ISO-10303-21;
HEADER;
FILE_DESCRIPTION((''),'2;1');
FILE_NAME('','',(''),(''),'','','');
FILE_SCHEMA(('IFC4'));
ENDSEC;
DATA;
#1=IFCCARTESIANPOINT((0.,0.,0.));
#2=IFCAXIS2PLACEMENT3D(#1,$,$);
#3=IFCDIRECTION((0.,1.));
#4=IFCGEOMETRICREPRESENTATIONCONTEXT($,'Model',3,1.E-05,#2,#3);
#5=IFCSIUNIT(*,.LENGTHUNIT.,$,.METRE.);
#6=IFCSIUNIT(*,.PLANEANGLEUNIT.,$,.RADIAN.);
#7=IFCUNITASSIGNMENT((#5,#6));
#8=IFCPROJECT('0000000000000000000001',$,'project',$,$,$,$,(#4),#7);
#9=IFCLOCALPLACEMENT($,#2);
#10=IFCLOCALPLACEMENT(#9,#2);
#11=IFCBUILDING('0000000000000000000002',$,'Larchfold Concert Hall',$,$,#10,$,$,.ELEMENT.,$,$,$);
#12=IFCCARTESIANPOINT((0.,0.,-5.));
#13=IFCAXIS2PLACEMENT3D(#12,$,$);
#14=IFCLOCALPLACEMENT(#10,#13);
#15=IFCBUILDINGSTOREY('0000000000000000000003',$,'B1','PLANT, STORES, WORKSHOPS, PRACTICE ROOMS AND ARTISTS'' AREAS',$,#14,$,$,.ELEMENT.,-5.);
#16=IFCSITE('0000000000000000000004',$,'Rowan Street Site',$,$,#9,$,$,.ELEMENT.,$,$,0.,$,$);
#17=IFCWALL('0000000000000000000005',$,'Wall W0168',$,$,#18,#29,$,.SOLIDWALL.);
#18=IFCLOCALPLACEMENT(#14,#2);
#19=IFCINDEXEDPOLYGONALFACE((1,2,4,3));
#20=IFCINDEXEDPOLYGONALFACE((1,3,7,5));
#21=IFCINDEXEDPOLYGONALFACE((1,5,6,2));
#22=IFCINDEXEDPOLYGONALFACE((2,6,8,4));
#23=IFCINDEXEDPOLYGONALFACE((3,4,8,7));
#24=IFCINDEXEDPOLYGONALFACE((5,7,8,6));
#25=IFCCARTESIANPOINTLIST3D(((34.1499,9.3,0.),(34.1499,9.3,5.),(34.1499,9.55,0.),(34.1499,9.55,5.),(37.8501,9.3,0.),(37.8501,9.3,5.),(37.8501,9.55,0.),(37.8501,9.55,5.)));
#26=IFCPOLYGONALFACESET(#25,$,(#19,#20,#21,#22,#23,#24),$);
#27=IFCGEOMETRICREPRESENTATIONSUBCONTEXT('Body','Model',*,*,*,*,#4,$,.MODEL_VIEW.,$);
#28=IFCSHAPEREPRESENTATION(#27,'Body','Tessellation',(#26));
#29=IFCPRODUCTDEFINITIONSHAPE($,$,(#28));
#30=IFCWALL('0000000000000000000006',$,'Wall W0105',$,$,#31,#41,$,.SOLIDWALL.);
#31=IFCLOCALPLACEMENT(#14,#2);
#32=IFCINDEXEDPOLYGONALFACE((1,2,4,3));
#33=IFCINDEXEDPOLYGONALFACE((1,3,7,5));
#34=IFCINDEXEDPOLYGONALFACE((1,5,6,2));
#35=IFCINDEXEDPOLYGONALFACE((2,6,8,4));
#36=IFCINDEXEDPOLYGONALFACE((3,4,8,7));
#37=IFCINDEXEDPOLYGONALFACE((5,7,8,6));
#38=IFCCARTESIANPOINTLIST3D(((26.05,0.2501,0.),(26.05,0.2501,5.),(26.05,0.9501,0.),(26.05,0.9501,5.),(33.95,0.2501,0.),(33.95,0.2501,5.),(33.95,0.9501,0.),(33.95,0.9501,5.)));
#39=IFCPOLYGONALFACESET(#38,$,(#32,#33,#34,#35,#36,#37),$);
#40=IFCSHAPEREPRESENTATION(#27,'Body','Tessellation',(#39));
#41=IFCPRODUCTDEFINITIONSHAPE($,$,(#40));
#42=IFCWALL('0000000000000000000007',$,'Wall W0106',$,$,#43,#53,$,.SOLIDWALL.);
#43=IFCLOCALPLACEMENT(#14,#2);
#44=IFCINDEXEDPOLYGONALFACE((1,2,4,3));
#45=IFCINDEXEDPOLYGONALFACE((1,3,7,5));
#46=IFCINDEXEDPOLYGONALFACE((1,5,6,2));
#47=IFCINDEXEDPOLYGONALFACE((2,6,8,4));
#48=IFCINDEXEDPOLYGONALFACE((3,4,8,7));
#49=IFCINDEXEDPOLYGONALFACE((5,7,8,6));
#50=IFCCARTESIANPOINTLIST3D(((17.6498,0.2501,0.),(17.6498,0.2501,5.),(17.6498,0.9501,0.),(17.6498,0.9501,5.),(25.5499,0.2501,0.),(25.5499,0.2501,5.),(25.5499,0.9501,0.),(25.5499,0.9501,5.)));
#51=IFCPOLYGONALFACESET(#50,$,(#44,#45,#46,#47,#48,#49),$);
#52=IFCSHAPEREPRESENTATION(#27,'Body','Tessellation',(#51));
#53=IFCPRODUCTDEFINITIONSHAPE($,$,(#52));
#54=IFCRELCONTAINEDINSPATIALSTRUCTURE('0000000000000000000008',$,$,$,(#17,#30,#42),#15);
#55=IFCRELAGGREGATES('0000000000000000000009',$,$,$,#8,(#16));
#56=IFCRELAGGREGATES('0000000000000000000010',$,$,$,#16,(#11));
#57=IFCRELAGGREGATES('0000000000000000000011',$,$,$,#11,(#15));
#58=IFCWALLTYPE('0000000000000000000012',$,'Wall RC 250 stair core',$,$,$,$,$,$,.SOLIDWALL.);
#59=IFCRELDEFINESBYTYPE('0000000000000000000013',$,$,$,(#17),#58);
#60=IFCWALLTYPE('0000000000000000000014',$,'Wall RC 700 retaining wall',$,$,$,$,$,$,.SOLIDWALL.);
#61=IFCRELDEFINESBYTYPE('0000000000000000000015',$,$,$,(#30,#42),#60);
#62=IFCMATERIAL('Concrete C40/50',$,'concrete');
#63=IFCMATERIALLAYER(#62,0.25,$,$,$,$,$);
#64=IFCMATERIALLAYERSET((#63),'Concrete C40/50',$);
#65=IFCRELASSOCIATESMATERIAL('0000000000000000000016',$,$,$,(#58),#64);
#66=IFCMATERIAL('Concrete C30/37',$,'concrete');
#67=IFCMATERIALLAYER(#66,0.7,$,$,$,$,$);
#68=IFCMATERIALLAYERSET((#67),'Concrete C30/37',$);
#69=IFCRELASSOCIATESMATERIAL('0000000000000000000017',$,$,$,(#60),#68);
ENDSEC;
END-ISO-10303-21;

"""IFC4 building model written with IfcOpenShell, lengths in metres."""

from ifc_helpers import new_model, si_unit, direction, frame, frame_2d, origin, place, context, subcontext, project, spatial, rectangle, extrude, material, layer, layer_set, type_object, element, save


model = new_model("IFC4")

# Units and contexts
model_context = context("Model", 3, precision=1e-05, world=origin(), true_north=direction((0.0, 1.0)))
body_context = subcontext(model_context, "Body", "Model", "MODEL_VIEW")
ifc_project = project(units=[si_unit("LENGTHUNIT", "METRE"), si_unit("PLANEANGLEUNIT", "RADIAN")], contexts=[model_context])

# Site, building, storey
site_placement = place(None, origin())
site = spatial("IfcSite", under=ifc_project, at=site_placement, Name="Rowan Street Site", CompositionType="ELEMENT", RefElevation=0.0)
building_placement = place(site_placement, origin())
building = spatial("IfcBuilding", under=site, at=building_placement, Name="Larchfold Concert Hall", CompositionType="ELEMENT")
storey_placement = place(building_placement, frame((0.0, 0.0, -5.0)))
storey = spatial("IfcBuildingStorey", under=building, at=storey_placement, Name="B1", Description="PLANT, STORES, WORKSHOPS, PRACTICE ROOMS AND ARTISTS' AREAS", CompositionType="ELEMENT", Elevation=-5.0)

# Walls
ifc_material_1 = material(Name="Concrete C40/50", Category="concrete")
ifc_layer_1 = layer(ifc_material_1, 0.25)
ifc_layer_set_1 = layer_set([ifc_layer_1], Name="Concrete C40/50")
wall_type_1 = type_object("IfcWallType", Name="Wall RC 250 stair core", PredefinedType="SOLIDWALL", material=ifc_layer_set_1)
wall_1_placement = place(storey_placement, frame((34.1499, 9.425, 0.0), z_axis=(0.0, 0.0, 1.0), x_axis=(1.0, 0.0, 0.0)))
element("IfcWall", 1, at=wall_1_placement, inside=storey, type_object=wall_type_1, Name="Wall W0168", PredefinedType="SOLIDWALL", context=body_context, shape_type="SweptSolid", body=[
    extrude(rectangle(XDim=3.7002, YDim=0.25, at=frame_2d((1.8501, 0.0))), origin(), (0.0, 0.0, 1.0), 5.0),
])
ifc_material_2 = material(Name="Concrete C30/37", Category="concrete")
ifc_layer_2 = layer(ifc_material_2, 0.7)
ifc_layer_set_2 = layer_set([ifc_layer_2], Name="Concrete C30/37")
wall_type_2 = type_object("IfcWallType", Name="Wall RC 700 retaining wall", PredefinedType="SOLIDWALL", material=ifc_layer_set_2)
wall_2_placement = place(storey_placement, frame((33.95, 0.6001, 0.0), z_axis=(0.0, 0.0, 1.0), x_axis=(-1.0, 0.0, 0.0)))
element("IfcWall", 2, at=wall_2_placement, inside=storey, type_object=wall_type_2, Name="Wall W0105", PredefinedType="SOLIDWALL", context=body_context, shape_type="SweptSolid", body=[
    extrude(rectangle(XDim=7.8999, YDim=0.7, at=frame_2d((3.95, 0.0))), origin(), (0.0, 0.0, 1.0), 5.0),
])
wall_3_placement = place(storey_placement, frame((25.55, 0.6001, 0.0), z_axis=(0.0, 0.0, 1.0), x_axis=(-1.0, 0.0, 0.0)))
element("IfcWall", 3, at=wall_3_placement, inside=storey, type_object=wall_type_2, Name="Wall W0106", PredefinedType="SOLIDWALL", context=body_context, shape_type="SweptSolid", body=[
    extrude(rectangle(XDim=7.9001, YDim=0.7, at=frame_2d((3.9502, 0.0))), origin(), (0.0, 0.0, 1.0), 5.0),
])

save(model, "model.ifc")
